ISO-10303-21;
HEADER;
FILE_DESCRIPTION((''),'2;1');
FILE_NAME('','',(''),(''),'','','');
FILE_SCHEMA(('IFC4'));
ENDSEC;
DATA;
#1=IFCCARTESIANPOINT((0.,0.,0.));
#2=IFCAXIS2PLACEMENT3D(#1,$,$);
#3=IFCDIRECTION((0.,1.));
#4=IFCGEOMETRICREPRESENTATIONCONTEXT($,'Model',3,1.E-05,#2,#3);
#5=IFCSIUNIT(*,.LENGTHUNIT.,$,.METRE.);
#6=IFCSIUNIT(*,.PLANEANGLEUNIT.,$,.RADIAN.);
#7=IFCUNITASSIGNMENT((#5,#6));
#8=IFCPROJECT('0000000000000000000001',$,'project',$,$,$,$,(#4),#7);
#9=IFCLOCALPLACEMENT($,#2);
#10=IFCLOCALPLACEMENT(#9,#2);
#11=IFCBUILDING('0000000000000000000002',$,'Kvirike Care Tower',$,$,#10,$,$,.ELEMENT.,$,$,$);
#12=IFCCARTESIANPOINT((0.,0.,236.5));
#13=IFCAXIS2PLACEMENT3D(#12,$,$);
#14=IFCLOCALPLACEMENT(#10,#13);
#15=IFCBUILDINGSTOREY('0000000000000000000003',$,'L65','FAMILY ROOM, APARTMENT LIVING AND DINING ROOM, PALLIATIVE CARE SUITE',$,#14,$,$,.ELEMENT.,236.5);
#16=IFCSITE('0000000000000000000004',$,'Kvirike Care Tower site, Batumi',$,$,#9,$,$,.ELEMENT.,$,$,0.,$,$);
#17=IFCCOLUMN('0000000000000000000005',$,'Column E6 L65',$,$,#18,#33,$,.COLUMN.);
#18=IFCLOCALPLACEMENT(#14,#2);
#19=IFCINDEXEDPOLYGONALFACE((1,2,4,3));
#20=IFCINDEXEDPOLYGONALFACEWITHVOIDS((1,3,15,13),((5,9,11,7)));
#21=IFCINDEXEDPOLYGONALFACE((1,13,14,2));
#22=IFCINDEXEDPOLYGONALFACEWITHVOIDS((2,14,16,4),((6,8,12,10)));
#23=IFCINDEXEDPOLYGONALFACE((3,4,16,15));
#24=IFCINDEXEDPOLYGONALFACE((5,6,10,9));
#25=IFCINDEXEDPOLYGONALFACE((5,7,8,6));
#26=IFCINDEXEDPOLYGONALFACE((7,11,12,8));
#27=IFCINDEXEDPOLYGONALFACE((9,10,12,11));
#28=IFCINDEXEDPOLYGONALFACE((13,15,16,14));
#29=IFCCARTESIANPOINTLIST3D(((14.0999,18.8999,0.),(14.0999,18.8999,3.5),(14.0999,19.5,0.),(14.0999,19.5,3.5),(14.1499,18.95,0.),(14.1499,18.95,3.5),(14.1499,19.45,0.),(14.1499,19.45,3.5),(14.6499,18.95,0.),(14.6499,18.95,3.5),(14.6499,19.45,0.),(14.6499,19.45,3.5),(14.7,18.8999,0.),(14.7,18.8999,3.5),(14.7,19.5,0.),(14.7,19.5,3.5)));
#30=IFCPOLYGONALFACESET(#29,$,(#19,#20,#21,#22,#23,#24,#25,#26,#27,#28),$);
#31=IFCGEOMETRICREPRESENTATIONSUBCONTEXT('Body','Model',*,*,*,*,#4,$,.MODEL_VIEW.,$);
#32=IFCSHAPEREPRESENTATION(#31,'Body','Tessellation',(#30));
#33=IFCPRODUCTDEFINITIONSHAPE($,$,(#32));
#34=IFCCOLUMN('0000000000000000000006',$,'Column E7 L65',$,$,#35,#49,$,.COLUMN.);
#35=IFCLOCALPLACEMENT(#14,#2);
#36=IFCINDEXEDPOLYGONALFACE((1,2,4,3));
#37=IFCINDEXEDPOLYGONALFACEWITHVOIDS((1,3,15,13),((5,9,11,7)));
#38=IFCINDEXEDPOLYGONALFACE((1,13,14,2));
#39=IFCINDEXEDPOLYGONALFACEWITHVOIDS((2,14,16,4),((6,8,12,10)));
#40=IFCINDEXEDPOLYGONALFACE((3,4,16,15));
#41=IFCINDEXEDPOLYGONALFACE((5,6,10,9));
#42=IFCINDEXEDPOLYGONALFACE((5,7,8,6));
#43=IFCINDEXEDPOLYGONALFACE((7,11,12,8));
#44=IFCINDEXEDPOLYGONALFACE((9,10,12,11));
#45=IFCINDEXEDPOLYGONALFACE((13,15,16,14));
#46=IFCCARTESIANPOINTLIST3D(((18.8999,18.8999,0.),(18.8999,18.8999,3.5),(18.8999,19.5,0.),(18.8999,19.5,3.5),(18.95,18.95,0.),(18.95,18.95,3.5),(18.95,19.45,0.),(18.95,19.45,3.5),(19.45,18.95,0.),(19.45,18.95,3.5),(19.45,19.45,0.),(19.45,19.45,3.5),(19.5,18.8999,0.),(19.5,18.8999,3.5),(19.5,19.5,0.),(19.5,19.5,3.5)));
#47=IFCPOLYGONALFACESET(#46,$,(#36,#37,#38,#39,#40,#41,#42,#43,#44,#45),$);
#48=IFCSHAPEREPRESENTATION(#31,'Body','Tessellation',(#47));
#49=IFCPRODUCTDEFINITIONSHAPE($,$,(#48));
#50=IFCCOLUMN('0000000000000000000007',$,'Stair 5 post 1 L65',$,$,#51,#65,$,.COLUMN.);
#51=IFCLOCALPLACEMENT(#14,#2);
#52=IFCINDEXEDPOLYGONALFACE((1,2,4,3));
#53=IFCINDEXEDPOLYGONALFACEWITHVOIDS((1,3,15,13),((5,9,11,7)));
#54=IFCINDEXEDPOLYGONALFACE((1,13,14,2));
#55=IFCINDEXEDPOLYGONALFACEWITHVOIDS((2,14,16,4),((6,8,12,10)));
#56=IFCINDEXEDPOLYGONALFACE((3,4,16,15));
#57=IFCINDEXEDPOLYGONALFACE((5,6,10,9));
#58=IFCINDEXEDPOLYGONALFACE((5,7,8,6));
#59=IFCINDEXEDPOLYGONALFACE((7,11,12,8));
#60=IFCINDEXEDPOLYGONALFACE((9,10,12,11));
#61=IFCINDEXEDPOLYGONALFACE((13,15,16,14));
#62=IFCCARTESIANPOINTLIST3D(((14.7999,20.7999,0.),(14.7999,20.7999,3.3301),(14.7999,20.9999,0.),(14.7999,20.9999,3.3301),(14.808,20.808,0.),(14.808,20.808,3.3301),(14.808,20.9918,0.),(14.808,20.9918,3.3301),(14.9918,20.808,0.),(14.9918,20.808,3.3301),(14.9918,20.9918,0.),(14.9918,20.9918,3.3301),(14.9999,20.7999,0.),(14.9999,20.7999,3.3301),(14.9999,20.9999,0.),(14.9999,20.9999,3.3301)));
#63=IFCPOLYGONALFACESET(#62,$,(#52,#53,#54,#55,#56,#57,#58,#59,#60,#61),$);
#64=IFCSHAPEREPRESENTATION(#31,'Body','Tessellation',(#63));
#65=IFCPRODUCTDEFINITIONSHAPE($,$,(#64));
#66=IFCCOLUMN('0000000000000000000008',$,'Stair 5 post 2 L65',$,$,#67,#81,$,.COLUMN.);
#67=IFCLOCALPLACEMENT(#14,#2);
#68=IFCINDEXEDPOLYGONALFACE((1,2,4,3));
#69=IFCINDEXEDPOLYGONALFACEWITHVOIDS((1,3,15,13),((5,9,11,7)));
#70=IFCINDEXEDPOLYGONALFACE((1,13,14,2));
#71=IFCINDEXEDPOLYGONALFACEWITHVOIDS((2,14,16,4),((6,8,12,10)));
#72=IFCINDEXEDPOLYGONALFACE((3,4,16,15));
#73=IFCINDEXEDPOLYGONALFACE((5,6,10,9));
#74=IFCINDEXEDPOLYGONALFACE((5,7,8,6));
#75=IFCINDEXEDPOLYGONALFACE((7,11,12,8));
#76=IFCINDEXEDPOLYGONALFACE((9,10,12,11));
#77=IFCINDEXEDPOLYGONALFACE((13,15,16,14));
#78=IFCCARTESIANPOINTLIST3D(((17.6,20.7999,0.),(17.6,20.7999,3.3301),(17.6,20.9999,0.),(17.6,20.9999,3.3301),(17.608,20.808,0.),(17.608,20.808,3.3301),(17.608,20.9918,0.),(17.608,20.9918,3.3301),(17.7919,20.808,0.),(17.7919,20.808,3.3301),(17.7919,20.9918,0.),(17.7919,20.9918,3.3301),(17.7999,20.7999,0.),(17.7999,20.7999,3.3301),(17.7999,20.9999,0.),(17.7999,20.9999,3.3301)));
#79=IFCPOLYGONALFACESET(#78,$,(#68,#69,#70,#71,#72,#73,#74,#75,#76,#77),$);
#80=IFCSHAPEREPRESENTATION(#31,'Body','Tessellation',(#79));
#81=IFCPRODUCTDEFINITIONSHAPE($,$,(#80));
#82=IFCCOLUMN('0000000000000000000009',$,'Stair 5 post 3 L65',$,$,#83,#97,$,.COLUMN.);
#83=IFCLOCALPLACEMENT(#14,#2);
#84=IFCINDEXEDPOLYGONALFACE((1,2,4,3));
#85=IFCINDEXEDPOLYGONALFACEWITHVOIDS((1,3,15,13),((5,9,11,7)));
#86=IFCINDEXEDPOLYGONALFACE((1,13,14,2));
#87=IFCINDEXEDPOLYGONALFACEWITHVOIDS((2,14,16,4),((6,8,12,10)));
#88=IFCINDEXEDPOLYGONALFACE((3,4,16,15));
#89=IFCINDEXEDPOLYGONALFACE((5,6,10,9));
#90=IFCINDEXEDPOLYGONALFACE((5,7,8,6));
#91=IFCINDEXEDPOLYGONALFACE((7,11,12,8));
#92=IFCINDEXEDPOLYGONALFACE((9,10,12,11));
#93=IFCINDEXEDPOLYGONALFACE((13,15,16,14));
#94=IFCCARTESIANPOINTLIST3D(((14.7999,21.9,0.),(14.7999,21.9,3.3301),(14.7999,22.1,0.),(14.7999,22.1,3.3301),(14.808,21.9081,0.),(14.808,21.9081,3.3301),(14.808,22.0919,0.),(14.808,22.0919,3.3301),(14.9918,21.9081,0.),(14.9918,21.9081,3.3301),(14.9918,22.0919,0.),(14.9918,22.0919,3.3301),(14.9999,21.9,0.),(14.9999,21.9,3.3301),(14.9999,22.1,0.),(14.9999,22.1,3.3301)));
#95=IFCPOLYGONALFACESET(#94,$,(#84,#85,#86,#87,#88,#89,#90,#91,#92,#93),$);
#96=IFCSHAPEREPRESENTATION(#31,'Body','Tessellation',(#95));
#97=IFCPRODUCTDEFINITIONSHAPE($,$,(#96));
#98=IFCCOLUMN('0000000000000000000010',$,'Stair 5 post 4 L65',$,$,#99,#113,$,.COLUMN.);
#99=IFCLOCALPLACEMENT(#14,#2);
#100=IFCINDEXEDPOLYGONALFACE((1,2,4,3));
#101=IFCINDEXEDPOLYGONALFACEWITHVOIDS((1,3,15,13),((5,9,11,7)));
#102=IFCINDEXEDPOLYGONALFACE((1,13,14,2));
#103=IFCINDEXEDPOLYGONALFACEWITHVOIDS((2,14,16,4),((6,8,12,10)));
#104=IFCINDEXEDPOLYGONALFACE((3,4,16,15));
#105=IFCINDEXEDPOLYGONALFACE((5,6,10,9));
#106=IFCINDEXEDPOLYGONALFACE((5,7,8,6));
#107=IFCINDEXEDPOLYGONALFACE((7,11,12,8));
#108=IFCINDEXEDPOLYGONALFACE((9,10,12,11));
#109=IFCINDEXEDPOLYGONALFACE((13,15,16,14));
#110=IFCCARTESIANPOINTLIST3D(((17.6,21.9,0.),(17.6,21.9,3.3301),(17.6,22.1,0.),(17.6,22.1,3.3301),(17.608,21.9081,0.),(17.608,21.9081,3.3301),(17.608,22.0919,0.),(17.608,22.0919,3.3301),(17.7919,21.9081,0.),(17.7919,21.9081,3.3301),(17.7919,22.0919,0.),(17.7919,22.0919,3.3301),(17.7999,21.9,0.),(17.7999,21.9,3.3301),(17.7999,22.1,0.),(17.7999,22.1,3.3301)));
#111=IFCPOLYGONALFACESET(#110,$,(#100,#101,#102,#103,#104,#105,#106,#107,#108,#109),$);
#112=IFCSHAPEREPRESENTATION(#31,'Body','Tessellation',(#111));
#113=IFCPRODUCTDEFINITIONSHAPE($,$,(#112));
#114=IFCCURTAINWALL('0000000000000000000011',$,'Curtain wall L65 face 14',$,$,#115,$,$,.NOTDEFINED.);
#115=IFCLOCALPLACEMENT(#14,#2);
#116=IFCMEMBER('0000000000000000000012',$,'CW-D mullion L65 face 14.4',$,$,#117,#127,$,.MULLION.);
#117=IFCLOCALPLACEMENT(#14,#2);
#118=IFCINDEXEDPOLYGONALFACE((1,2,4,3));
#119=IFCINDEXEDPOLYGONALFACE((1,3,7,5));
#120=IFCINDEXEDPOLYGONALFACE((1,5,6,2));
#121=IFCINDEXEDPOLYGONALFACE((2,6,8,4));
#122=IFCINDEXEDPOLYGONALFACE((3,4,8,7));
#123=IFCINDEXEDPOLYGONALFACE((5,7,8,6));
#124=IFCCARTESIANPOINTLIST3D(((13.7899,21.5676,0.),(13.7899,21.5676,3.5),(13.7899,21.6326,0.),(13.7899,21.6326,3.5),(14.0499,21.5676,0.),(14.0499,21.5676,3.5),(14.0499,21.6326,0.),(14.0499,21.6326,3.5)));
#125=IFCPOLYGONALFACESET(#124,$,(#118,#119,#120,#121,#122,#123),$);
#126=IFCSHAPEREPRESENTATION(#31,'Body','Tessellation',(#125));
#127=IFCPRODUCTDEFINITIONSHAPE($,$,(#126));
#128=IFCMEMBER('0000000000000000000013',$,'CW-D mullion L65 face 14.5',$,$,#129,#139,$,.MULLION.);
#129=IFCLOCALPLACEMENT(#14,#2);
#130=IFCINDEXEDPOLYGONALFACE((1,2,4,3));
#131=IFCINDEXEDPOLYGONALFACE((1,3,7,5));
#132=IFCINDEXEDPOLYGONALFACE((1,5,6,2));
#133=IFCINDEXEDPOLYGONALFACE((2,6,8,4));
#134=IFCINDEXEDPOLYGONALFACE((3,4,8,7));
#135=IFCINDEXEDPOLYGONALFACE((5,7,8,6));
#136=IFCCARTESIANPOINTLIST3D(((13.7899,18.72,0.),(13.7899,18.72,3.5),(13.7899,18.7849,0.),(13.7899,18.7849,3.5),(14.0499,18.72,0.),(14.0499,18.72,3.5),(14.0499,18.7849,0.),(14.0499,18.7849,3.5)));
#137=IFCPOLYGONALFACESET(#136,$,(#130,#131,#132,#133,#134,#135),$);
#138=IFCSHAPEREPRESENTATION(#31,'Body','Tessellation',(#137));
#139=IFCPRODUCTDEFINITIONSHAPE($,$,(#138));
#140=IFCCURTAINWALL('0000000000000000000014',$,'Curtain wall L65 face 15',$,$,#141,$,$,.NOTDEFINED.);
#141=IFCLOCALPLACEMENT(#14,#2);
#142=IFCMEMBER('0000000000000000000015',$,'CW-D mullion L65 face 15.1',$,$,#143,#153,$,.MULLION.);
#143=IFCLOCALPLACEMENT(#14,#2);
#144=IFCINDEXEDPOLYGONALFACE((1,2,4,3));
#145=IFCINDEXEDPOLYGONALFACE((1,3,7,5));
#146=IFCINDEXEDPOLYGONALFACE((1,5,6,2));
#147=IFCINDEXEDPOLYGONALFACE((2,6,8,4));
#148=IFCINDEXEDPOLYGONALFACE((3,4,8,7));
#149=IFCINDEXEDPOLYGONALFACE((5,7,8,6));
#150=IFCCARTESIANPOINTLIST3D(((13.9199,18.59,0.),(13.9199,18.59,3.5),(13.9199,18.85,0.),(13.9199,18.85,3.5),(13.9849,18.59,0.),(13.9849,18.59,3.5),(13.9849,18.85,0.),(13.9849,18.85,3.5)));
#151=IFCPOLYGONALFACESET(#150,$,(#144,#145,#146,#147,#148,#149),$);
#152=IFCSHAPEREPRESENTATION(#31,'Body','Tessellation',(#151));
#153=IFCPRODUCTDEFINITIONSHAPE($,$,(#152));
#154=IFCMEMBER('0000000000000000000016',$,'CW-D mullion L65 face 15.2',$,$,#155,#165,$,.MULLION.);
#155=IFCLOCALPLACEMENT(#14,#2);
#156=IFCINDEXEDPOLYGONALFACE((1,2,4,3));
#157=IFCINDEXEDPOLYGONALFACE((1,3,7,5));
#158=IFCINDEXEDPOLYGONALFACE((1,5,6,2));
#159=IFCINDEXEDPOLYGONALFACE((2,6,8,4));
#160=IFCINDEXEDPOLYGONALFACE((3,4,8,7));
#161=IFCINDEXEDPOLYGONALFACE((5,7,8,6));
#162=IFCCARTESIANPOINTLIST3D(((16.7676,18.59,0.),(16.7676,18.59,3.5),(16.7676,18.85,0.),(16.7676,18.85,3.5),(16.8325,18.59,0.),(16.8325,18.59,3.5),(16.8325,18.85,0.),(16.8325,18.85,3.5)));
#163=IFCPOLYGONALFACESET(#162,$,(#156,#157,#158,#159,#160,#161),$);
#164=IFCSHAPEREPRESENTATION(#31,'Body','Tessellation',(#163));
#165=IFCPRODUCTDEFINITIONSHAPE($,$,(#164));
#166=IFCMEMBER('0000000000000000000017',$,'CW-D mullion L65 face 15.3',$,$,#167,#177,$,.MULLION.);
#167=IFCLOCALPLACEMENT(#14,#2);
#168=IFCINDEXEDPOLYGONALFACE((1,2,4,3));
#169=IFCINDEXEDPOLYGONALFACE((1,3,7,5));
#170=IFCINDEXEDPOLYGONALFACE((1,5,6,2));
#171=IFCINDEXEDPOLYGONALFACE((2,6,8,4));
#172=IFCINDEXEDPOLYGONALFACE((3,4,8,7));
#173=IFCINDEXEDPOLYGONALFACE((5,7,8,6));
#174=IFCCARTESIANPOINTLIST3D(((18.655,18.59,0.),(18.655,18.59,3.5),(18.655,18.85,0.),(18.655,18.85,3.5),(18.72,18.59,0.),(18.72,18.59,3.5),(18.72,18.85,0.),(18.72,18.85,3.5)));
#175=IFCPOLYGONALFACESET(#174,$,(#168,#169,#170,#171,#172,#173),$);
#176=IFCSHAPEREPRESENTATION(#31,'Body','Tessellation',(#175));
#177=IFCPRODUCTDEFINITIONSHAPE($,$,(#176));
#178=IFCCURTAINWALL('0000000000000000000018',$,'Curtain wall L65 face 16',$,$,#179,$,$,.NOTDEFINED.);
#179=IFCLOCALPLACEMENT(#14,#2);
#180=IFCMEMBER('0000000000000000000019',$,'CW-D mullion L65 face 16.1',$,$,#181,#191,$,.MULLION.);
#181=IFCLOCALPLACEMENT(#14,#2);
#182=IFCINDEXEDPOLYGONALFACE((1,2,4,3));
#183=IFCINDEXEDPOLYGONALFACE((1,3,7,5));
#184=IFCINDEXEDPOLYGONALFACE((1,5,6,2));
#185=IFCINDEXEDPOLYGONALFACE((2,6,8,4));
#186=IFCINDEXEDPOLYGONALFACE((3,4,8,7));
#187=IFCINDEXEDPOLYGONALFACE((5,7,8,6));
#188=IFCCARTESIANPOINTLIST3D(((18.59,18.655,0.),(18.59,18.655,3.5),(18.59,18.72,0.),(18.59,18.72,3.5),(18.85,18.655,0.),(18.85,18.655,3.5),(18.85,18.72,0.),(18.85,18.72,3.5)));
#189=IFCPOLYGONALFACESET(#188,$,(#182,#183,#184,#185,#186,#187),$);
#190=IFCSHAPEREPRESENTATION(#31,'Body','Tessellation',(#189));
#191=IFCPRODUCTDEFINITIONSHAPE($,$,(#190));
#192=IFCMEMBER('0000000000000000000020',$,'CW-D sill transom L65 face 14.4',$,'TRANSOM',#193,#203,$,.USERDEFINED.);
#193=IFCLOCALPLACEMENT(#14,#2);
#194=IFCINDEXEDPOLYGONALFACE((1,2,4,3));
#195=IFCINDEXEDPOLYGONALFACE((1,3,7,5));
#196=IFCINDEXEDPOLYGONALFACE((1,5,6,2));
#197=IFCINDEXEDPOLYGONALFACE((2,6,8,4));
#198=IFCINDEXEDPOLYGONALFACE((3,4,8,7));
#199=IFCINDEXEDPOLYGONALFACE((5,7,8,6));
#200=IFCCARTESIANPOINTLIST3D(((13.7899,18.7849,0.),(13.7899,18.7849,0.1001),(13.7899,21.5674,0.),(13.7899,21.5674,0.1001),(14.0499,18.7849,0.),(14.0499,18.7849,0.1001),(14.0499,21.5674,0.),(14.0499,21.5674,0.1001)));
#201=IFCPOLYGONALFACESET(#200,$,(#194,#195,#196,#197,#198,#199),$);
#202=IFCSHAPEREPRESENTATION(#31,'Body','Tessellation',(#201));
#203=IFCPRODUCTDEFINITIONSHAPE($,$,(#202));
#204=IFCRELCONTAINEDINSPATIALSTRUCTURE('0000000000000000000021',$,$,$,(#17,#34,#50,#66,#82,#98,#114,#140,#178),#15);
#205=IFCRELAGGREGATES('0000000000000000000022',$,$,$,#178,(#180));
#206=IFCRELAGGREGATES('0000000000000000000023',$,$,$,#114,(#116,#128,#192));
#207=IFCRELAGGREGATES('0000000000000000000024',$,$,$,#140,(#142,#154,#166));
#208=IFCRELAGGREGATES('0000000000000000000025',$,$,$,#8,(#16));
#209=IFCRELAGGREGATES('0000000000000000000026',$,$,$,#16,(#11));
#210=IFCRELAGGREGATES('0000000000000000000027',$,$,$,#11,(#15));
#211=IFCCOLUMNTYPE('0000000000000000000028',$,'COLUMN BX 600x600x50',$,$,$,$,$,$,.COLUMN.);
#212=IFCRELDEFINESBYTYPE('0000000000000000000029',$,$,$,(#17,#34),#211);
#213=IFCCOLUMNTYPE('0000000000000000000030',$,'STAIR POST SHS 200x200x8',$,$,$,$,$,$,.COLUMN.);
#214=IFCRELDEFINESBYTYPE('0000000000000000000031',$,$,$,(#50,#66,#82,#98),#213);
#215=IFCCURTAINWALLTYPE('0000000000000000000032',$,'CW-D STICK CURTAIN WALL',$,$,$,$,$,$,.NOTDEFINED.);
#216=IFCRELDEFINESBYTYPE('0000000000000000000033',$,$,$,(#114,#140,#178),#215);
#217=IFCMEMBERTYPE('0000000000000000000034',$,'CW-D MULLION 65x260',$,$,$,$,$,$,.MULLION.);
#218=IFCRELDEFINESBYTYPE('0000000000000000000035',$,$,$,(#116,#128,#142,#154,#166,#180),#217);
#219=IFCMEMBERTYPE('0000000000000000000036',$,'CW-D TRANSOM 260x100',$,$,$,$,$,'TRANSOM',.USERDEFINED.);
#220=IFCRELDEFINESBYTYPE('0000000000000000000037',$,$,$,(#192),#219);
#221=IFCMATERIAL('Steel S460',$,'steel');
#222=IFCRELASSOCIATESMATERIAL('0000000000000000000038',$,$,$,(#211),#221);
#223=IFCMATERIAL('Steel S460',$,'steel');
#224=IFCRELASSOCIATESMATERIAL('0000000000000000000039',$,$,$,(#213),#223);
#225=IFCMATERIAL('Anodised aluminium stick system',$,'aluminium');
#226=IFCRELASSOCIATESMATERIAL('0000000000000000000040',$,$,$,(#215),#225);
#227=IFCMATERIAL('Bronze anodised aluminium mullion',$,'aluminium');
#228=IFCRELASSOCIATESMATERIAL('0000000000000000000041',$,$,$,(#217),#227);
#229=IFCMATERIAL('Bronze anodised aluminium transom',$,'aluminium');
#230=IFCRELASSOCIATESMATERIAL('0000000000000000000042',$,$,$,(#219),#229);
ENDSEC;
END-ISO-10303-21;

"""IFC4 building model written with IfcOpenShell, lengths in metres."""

from ifc_helpers import new_model, si_unit, direction, frame, origin, origin_2d, place, context, subcontext, project, spatial, rectangle, hollow_rectangle, extrude, material, material_profile, profile_set, type_object, element, aggregate, save


model = new_model("IFC4")

# Units and contexts
model_context = context("Model", 3, precision=1e-05, world=origin(), true_north=direction((0.0, 1.0)))
body_context = subcontext(model_context, "Body", "Model", "MODEL_VIEW")
ifc_project = project(units=[si_unit("LENGTHUNIT", "METRE"), si_unit("PLANEANGLEUNIT", "RADIAN")], contexts=[model_context])

# Site, building, storey
site_placement = place(None, origin())
site = spatial("IfcSite", under=ifc_project, at=site_placement, Name="Kvirike Care Tower site, Batumi", CompositionType="ELEMENT", RefElevation=0.0)
building_placement = place(site_placement, origin())
building = spatial("IfcBuilding", under=site, at=building_placement, Name="Kvirike Care Tower", CompositionType="ELEMENT")
storey_placement = place(building_placement, frame((0.0, 0.0, 236.5)))
storey = spatial("IfcBuildingStorey", under=building, at=storey_placement, Name="L65", Description="FAMILY ROOM, APARTMENT LIVING AND DINING ROOM, PALLIATIVE CARE SUITE", CompositionType="ELEMENT", Elevation=236.5)

# Columns
ifc_material_1 = material(Name="Steel S460", Category="steel")
ifc_material_profile_1 = material_profile(ifc_material_1, hollow_rectangle(XDim=0.6001, YDim=0.6001, WallThickness=0.05, at=origin_2d()), Name="BX 600x600x50")
ifc_profile_set_1 = profile_set([ifc_material_profile_1], Name="Steel S460")
column_type_1 = type_object("IfcColumnType", Name="COLUMN BX 600x600x50", PredefinedType="COLUMN", material=ifc_profile_set_1)
for number, where, z_axis, x_axis, name in (
    (1, (14.3999, 19.2, 0.0), (0.0, 0.0, 1.0), (0.0, 1.0, 0.0), "Column E6 L65"),
    (2, (19.2, 19.2, 0.0), (0.0, 0.0, 1.0), (0.0, 1.0, 0.0), "Column E7 L65"),
):
    element("IfcColumn", number, at=place(storey_placement, frame(where, z_axis=z_axis, x_axis=x_axis)), inside=storey, type_object=column_type_1, Name=name, PredefinedType="COLUMN", context=body_context, shape_type="SweptSolid", body=[
        extrude(hollow_rectangle(XDim=0.6001, YDim=0.6001, WallThickness=0.05, at=origin_2d()), origin(), (0.0, 0.0, 1.0), 3.5),
    ])
ifc_material_2 = material(Name="Steel S460", Category="steel")
ifc_material_profile_2 = material_profile(ifc_material_2, hollow_rectangle(XDim=0.2, YDim=0.2, WallThickness=0.0081, at=origin_2d()), Name="SHS 200x200x8")
ifc_profile_set_2 = profile_set([ifc_material_profile_2], Name="Steel S460")
column_type_2 = type_object("IfcColumnType", Name="STAIR POST SHS 200x200x8", PredefinedType="COLUMN", material=ifc_profile_set_2)
for number, where, z_axis, x_axis, name in (
    (3, (14.8999, 20.8999, 0.0), (0.0, 0.0, 1.0), (1.0, 0.0, 0.0), "Stair 5 post 1 L65"),
    (4, (17.7, 20.8999, 0.0), (0.0, 0.0, 1.0), (1.0, 0.0, 0.0), "Stair 5 post 2 L65"),
    (5, (14.8999, 22.0, 0.0), (0.0, 0.0, 1.0), (1.0, 0.0, 0.0), "Stair 5 post 3 L65"),
    (6, (17.7, 22.0, 0.0), (0.0, 0.0, 1.0), (1.0, 0.0, 0.0), "Stair 5 post 4 L65"),
):
    element("IfcColumn", number, at=place(storey_placement, frame(where, z_axis=z_axis, x_axis=x_axis)), inside=storey, type_object=column_type_2, Name=name, PredefinedType="COLUMN", context=body_context, shape_type="SweptSolid", body=[
        extrude(hollow_rectangle(XDim=0.2, YDim=0.2, WallThickness=0.0081, at=origin_2d()), origin(), (0.0, 0.0, 1.0), 3.3301),
    ])

# Curtain walls, members
ifc_material_3 = material(Name="Anodised aluminium stick system", Category="aluminium")
curtain_wall_type = type_object("IfcCurtainWallType", Name="CW-D STICK CURTAIN WALL", PredefinedType="NOTDEFINED", material=ifc_material_3)
curtain_wall_1_placement = place(storey_placement, origin())
curtain_wall_1 = element("IfcCurtainWall", 7, at=curtain_wall_1_placement, inside=storey, type_object=curtain_wall_type, Name="Curtain wall L65 face 14", PredefinedType="NOTDEFINED")
ifc_material_4 = material(Name="Bronze anodised aluminium mullion", Category="aluminium")
ifc_material_profile_3 = material_profile(ifc_material_4, rectangle(XDim=0.0649, YDim=0.26, at=origin_2d()), Name="CW-D MULLION 65x260")
ifc_profile_set_3 = profile_set([ifc_material_profile_3], Name="Bronze anodised aluminium mullion")
member_type_1 = type_object("IfcMemberType", Name="CW-D MULLION 65x260", PredefinedType="MULLION", material=ifc_profile_set_3)
member_1_placement = place(storey_placement, frame((13.9199, 21.6001, 0.0), z_axis=(0.0, 0.0, 1.0), x_axis=(0.0, -1.0, 0.0)))
member_1 = element("IfcMember", 8, at=member_1_placement, type_object=member_type_1, Name="CW-D mullion L65 face 14.4", PredefinedType="MULLION", context=body_context, shape_type="SweptSolid", body=[
    extrude(rectangle(XDim=0.0649, YDim=0.26, at=origin_2d()), origin(), (0.0, 0.0, 1.0), 3.5),
])
member_2_placement = place(storey_placement, frame((13.9199, 18.7524, 0.0), z_axis=(0.0, 0.0, 1.0), x_axis=(0.0, -1.0, 0.0)))
member_2 = element("IfcMember", 9, at=member_2_placement, type_object=member_type_1, Name="CW-D mullion L65 face 14.5", PredefinedType="MULLION", context=body_context, shape_type="SweptSolid", body=[
    extrude(rectangle(XDim=0.0649, YDim=0.26, at=origin_2d()), origin(), (0.0, 0.0, 1.0), 3.5),
])
curtain_wall_2_placement = place(storey_placement, origin())
curtain_wall_2 = element("IfcCurtainWall", 10, at=curtain_wall_2_placement, inside=storey, type_object=curtain_wall_type, Name="Curtain wall L65 face 15", PredefinedType="NOTDEFINED")
member_3_placement = place(storey_placement, frame((13.9524, 18.72, 0.0), z_axis=(0.0, 0.0, 1.0), x_axis=(1.0, 0.0, 0.0)))
member_3 = element("IfcMember", 11, at=member_3_placement, type_object=member_type_1, Name="CW-D mullion L65 face 15.1", PredefinedType="MULLION", context=body_context, shape_type="SweptSolid", body=[
    extrude(rectangle(XDim=0.0649, YDim=0.26, at=origin_2d()), origin(), (0.0, 0.0, 1.0), 3.5),
])
member_4_placement = place(storey_placement, frame((16.8, 18.72, 0.0), z_axis=(0.0, 0.0, 1.0), x_axis=(1.0, 0.0, 0.0)))
member_4 = element("IfcMember", 12, at=member_4_placement, type_object=member_type_1, Name="CW-D mullion L65 face 15.2", PredefinedType="MULLION", context=body_context, shape_type="SweptSolid", body=[
    extrude(rectangle(XDim=0.0649, YDim=0.26, at=origin_2d()), origin(), (0.0, 0.0, 1.0), 3.5),
])
member_5_placement = place(storey_placement, frame((18.6875, 18.72, 0.0), z_axis=(0.0, 0.0, 1.0), x_axis=(1.0, 0.0, 0.0)))
member_5 = element("IfcMember", 13, at=member_5_placement, type_object=member_type_1, Name="CW-D mullion L65 face 15.3", PredefinedType="MULLION", context=body_context, shape_type="SweptSolid", body=[
    extrude(rectangle(XDim=0.0649, YDim=0.26, at=origin_2d()), origin(), (0.0, 0.0, 1.0), 3.5),
])

# Curtain wall, member
curtain_wall_3_placement = place(storey_placement, origin())
curtain_wall_3 = element("IfcCurtainWall", 14, at=curtain_wall_3_placement, inside=storey, type_object=curtain_wall_type, Name="Curtain wall L65 face 16", PredefinedType="NOTDEFINED")
member_6_placement = place(storey_placement, frame((18.72, 18.6875, 0.0), z_axis=(0.0, 0.0, 1.0), x_axis=(0.0, -1.0, 0.0)))
member_6 = element("IfcMember", 15, at=member_6_placement, type_object=member_type_1, Name="CW-D mullion L65 face 16.1", PredefinedType="MULLION", context=body_context, shape_type="SweptSolid", body=[
    extrude(rectangle(XDim=0.0649, YDim=0.26, at=origin_2d()), origin(), (0.0, 0.0, 1.0), 3.5),
])

# Member
ifc_material_5 = material(Name="Bronze anodised aluminium transom", Category="aluminium")
ifc_material_profile_4 = material_profile(ifc_material_5, rectangle(XDim=0.26, YDim=0.1001, at=origin_2d()), Name="CW-D TRANSOM 260x100")
ifc_profile_set_4 = profile_set([ifc_material_profile_4], Name="Bronze anodised aluminium transom")
member_type_2 = type_object("IfcMemberType", Name="CW-D TRANSOM 260x100", ElementType="TRANSOM", PredefinedType="USERDEFINED", material=ifc_profile_set_4)
member_7_placement = place(storey_placement, frame((13.9199, 21.5674, 0.05), z_axis=(0.0, -1.0, 0.0), x_axis=(1.0, 0.0, 0.0)))
member_7 = element("IfcMember", 16, at=member_7_placement, type_object=member_type_2, Name="CW-D sill transom L65 face 14.4", ObjectType="TRANSOM", PredefinedType="USERDEFINED", context=body_context, shape_type="SweptSolid", body=[
    extrude(rectangle(XDim=0.26, YDim=0.1001, at=origin_2d()), origin(), (0.0, 0.0, 1.0), 2.7825),
])
aggregate(curtain_wall_3, [member_6])

aggregate(curtain_wall_1, [member_1, member_2, member_7])
aggregate(curtain_wall_2, [member_3, member_4, member_5])

save(model, "model.ifc")
